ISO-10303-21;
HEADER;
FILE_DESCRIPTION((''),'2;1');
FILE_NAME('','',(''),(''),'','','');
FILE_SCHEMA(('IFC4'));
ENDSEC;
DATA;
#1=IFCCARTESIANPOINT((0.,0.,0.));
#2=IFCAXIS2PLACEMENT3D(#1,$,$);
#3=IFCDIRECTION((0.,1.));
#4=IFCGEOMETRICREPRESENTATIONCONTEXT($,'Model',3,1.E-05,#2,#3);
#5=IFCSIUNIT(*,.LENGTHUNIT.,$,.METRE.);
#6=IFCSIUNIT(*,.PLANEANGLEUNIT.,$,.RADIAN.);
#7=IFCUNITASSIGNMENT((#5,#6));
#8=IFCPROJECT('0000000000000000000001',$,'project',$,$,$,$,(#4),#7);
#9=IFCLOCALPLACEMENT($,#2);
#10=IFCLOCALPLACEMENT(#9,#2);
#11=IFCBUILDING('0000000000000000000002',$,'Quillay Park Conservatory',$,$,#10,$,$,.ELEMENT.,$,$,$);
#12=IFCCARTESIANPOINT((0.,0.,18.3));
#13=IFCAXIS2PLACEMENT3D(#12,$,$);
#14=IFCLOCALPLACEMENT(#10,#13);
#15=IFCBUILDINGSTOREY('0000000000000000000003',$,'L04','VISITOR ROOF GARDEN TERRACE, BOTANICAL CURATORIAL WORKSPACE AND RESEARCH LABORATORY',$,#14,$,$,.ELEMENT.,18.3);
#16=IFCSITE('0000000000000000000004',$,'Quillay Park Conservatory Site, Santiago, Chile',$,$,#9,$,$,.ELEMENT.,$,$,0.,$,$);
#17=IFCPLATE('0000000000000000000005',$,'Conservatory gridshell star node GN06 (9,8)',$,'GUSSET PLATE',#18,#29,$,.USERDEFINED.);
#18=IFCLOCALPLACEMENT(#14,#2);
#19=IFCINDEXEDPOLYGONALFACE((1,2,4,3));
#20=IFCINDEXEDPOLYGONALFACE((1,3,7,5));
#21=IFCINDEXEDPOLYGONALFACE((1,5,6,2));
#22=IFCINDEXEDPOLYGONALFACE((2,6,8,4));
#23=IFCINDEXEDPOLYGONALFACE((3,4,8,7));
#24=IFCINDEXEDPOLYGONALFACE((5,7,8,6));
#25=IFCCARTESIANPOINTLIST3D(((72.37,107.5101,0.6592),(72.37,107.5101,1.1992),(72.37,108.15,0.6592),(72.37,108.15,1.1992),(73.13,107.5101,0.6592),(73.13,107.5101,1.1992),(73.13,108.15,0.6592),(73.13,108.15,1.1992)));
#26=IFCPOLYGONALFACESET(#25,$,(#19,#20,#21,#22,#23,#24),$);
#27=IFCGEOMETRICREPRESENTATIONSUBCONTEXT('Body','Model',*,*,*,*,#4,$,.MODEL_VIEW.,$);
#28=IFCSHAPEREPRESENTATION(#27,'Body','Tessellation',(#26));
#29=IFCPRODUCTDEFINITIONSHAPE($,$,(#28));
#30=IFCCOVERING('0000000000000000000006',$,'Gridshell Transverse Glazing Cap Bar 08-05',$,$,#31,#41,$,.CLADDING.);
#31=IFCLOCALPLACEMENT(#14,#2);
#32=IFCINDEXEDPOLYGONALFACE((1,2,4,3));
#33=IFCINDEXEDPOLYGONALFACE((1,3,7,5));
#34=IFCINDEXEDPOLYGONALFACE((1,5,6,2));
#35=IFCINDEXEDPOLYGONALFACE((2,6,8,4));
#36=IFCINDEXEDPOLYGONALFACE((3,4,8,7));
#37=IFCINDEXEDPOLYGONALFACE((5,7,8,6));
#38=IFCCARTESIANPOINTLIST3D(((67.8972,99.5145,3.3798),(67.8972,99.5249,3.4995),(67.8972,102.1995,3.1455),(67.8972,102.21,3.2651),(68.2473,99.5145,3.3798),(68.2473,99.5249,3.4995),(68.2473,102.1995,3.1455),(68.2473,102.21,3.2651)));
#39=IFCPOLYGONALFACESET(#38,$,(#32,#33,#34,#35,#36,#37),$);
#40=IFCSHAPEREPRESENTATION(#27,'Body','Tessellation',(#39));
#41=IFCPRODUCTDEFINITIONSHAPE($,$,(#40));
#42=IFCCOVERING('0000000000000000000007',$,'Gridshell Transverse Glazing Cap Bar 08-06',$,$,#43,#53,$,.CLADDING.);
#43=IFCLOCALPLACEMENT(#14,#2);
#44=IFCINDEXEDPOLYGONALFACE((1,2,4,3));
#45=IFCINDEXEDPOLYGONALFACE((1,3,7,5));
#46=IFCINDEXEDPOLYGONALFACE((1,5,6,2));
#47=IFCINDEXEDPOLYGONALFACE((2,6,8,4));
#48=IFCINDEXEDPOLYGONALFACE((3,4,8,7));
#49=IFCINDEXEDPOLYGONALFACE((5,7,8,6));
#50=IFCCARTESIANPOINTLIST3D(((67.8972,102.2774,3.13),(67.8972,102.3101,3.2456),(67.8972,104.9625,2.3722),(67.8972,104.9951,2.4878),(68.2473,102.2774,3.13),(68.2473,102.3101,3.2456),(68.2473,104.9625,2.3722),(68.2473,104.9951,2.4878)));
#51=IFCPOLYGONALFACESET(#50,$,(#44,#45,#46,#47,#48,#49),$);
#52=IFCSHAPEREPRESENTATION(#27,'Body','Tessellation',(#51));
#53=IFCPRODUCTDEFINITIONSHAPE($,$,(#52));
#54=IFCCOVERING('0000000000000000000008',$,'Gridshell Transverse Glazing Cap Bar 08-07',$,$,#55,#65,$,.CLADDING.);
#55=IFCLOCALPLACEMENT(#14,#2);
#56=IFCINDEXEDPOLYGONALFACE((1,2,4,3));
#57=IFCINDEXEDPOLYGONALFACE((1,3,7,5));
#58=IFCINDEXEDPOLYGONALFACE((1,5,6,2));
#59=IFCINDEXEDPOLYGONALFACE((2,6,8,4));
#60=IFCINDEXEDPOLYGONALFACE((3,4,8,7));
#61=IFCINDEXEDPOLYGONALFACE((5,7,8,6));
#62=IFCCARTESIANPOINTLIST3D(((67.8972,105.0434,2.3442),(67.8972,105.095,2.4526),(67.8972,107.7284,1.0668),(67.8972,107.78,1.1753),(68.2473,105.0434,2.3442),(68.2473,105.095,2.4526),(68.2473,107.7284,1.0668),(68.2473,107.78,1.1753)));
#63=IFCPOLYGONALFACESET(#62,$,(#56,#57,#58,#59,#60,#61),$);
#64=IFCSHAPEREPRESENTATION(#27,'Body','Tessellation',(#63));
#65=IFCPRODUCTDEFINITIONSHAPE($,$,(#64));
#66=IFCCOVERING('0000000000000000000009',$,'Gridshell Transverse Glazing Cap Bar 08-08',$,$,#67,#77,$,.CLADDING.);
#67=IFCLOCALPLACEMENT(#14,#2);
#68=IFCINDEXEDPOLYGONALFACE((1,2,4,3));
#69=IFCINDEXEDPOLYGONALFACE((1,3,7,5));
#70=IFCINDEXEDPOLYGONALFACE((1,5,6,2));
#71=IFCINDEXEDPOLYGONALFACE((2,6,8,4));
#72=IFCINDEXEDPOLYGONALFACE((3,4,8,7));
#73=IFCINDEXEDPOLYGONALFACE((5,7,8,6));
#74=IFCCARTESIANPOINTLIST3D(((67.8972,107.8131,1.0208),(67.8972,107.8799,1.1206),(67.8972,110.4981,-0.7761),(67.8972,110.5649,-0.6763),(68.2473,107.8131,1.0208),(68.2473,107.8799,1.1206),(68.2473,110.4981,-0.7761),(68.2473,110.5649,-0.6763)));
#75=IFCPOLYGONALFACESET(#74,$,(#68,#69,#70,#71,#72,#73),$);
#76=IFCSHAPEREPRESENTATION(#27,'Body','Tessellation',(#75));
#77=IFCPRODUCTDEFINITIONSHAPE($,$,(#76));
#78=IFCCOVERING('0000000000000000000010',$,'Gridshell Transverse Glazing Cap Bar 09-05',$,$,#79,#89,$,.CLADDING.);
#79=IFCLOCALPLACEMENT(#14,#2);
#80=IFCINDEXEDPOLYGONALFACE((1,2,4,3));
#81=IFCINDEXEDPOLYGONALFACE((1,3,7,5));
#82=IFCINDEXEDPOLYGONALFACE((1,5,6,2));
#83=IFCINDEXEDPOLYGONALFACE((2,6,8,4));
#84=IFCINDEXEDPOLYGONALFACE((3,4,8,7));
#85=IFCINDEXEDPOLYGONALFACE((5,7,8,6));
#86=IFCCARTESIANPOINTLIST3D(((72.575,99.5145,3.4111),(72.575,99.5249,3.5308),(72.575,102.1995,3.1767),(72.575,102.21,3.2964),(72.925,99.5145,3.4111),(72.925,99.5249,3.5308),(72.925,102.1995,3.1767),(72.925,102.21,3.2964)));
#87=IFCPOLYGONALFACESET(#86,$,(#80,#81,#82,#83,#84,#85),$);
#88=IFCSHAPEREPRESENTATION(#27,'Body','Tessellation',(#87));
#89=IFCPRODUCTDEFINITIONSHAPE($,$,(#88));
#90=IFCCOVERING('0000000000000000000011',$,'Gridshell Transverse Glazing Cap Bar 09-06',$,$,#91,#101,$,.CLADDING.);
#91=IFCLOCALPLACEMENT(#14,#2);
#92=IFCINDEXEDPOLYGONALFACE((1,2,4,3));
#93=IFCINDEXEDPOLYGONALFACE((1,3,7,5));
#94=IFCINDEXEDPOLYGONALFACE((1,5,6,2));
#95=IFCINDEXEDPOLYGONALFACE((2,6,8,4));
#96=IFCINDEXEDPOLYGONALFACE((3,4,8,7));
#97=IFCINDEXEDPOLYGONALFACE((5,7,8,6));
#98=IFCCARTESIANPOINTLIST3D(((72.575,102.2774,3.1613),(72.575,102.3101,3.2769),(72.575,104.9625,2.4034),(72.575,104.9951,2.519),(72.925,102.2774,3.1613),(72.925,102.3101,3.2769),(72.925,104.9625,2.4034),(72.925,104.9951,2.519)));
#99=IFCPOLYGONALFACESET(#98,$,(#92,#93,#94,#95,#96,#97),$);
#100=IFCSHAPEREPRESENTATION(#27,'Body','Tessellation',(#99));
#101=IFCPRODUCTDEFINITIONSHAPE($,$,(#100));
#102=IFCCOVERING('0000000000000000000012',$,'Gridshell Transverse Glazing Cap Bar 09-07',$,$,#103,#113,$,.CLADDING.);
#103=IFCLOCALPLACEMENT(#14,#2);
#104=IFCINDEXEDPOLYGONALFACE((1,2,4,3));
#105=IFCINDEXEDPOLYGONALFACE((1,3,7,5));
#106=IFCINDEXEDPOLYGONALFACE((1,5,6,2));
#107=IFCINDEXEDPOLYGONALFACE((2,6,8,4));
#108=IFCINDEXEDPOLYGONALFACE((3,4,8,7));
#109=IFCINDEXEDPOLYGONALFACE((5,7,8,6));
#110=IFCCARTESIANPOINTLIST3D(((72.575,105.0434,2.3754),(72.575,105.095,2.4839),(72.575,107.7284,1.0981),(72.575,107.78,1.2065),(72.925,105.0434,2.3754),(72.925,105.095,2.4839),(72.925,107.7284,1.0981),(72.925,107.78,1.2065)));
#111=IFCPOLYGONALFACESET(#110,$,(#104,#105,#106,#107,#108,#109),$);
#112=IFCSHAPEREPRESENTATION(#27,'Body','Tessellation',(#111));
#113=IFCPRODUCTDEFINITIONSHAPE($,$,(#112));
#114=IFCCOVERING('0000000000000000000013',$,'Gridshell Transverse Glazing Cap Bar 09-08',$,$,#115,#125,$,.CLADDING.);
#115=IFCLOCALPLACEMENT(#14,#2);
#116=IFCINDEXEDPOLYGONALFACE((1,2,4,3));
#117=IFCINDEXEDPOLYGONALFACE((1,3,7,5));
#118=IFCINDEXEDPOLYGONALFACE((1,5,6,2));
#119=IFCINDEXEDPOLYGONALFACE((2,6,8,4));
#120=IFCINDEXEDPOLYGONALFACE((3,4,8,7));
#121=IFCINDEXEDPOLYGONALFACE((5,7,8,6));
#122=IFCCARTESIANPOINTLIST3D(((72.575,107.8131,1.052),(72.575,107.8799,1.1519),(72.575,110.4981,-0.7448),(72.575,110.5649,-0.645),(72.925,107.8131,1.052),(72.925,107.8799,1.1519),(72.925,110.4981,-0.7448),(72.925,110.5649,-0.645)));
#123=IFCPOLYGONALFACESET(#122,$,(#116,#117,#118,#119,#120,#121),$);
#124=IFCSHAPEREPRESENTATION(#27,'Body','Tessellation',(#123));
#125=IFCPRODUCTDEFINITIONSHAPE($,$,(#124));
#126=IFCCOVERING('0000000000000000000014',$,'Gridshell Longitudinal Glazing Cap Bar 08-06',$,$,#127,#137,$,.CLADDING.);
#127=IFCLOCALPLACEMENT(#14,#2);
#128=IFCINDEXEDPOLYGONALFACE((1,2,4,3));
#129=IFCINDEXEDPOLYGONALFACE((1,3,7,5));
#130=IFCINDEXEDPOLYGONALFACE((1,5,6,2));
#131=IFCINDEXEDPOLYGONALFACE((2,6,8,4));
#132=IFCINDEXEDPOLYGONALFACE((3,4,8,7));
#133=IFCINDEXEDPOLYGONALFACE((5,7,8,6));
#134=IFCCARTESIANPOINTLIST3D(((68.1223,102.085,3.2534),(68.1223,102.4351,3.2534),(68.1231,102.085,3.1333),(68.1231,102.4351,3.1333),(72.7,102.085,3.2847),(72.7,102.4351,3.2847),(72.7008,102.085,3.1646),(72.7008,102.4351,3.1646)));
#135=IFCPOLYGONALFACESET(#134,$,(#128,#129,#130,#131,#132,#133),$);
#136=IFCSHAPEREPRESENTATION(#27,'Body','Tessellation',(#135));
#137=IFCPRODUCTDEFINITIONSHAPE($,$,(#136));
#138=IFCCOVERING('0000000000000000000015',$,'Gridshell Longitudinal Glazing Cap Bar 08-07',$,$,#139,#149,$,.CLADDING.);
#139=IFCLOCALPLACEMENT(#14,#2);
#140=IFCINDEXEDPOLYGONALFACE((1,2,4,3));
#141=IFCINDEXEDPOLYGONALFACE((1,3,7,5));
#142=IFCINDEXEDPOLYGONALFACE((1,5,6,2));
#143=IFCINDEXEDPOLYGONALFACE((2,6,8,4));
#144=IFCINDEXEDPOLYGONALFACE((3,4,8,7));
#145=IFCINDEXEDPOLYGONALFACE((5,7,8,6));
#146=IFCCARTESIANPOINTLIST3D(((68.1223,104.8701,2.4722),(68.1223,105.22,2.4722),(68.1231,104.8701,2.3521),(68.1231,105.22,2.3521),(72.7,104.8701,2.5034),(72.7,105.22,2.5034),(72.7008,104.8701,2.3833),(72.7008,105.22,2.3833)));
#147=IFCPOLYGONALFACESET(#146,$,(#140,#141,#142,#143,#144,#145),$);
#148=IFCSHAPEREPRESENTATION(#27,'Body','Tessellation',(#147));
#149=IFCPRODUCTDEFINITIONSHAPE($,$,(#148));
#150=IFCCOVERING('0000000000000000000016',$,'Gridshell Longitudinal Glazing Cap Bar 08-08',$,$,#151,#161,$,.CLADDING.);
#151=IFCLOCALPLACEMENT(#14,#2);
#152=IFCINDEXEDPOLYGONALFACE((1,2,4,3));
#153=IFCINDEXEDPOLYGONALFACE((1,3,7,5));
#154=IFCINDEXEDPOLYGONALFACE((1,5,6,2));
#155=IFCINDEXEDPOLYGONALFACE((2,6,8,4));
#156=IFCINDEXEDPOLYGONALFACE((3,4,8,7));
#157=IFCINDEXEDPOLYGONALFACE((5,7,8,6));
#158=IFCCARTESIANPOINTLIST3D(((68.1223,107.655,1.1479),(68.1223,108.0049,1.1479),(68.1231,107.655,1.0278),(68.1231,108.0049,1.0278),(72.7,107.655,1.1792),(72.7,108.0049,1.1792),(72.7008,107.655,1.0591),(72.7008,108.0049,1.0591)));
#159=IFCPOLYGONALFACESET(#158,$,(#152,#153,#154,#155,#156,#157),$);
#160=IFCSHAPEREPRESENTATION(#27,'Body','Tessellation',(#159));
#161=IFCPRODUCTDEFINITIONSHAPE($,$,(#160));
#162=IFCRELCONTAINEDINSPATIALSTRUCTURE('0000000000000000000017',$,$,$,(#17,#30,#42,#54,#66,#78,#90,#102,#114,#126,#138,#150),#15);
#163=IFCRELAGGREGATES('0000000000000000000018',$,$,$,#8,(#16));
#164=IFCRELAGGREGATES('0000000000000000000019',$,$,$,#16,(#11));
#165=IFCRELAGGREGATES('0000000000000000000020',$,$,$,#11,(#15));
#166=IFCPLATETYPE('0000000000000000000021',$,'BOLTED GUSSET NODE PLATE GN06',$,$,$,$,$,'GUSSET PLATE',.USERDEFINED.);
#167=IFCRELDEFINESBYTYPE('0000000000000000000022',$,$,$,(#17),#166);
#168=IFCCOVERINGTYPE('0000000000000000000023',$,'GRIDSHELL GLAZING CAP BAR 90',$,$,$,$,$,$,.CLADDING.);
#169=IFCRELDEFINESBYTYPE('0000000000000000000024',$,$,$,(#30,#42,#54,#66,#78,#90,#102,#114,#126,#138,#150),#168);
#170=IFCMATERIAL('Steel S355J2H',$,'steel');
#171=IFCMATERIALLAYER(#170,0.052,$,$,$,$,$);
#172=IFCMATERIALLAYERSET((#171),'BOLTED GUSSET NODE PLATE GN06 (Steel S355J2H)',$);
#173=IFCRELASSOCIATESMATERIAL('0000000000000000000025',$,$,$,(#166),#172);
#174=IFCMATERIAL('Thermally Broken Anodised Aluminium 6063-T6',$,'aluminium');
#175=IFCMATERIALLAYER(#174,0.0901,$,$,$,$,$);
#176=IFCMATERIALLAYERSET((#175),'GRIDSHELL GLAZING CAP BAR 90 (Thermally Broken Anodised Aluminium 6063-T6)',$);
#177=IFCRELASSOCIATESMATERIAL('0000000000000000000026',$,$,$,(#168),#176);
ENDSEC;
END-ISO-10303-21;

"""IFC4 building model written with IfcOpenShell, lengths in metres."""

from ifc_helpers import new_model, si_unit, direction, frame, origin, origin_2d, place, context, subcontext, project, spatial, polyline, rectangle, outline, extrude, material, layer, layer_set, type_object, element, save


model = new_model("IFC4")

# Units and contexts
model_context = context("Model", 3, precision=1e-05, world=origin(), true_north=direction((0.0, 1.0)))
body_context = subcontext(model_context, "Body", "Model", "MODEL_VIEW")
ifc_project = project(units=[si_unit("LENGTHUNIT", "METRE"), si_unit("PLANEANGLEUNIT", "RADIAN")], contexts=[model_context])

# Site, building, storey
site_placement = place(None, origin())
site = spatial("IfcSite", under=ifc_project, at=site_placement, Name="Quillay Park Conservatory Site, Santiago, Chile", CompositionType="ELEMENT", RefElevation=0.0)
building_placement = place(site_placement, origin())
building = spatial("IfcBuilding", under=site, at=building_placement, Name="Quillay Park Conservatory", CompositionType="ELEMENT")
storey_placement = place(building_placement, frame((0.0, 0.0, 18.3)))
storey = spatial("IfcBuildingStorey", under=building, at=storey_placement, Name="L04", Description="VISITOR ROOF GARDEN TERRACE, BOTANICAL CURATORIAL WORKSPACE AND RESEARCH LABORATORY", CompositionType="ELEMENT", Elevation=18.3)

# Plate
ifc_material_1 = material(Name="Steel S355J2H", Category="steel")
ifc_layer_1 = layer(ifc_material_1, 0.052)
ifc_layer_set_1 = layer_set([ifc_layer_1], Name="BOLTED GUSSET NODE PLATE GN06 (Steel S355J2H)")
plate_type_1 = type_object("IfcPlateType", Name="BOLTED GUSSET NODE PLATE GN06", ElementType="GUSSET PLATE", PredefinedType="USERDEFINED", material=ifc_layer_set_1)
plate_1_placement = place(storey_placement, frame((72.75, 107.8301, 0.6592), z_axis=(0.0, 0.0, 1.0), x_axis=(1.0, 0.0, 0.0)))
element("IfcPlate", 1, at=plate_1_placement, inside=storey, type_object=plate_type_1, Name="Conservatory gridshell star node GN06 (9,8)", ObjectType="GUSSET PLATE", PredefinedType="USERDEFINED", context=body_context, shape_type="SweptSolid", body=[
    extrude(rectangle(XDim=0.76, YDim=0.6399, at=origin_2d()), origin(), (0.0, 0.0, 1.0), 0.54),
])

# Coverings
ifc_material_2 = material(Name="Thermally Broken Anodised Aluminium 6063-T6", Category="aluminium")
ifc_layer_2 = layer(ifc_material_2, 0.0901)
ifc_layer_set_2 = layer_set([ifc_layer_2], Name="GRIDSHELL GLAZING CAP BAR 90 (Thermally Broken Anodised Aluminium 6063-T6)")
covering_type = type_object("IfcCoveringType", Name="GRIDSHELL GLAZING CAP BAR 90", PredefinedType="CLADDING", material=ifc_layer_set_2)
covering_1_placement = place(storey_placement, frame((67.8972, 99.5249, 3.4995), z_axis=(0.0, 0.086958, 0.996212), x_axis=(1.0, 0.0, 0.0)))
element("IfcCovering", 2, at=covering_1_placement, inside=storey, type_object=covering_type, Name="Gridshell Transverse Glazing Cap Bar 08-05", PredefinedType="CLADDING", context=body_context, shape_type="SweptSolid", body=[
    extrude(outline(polyline([(0.0, 0.0), (0.3501, 0.0), (0.3501, 2.6953), (0.0, 2.6953), (0.0, 0.0)])), origin(), (0.0, 0.0, -1.0), 0.1201),
])
covering_2_placement = place(storey_placement, frame((67.8972, 102.3101, 3.2456), z_axis=(0.0, 0.271622, 0.962404), x_axis=(1.0, 0.0, 0.0)))
element("IfcCovering", 3, at=covering_2_placement, inside=storey, type_object=covering_type, Name="Gridshell Transverse Glazing Cap Bar 08-06", PredefinedType="CLADDING", context=body_context, shape_type="SweptSolid", body=[
    extrude(outline(polyline([(0.0, 0.0), (0.3501, 0.0), (0.3501, 2.7899), (0.0, 2.7899), (0.0, 0.0)])), origin(), (0.0, 0.0, -1.0), 0.1201),
])
covering_3_placement = place(storey_placement, frame((67.8972, 105.095, 2.4526), z_axis=(0.0, 0.429589, 0.903024), x_axis=(1.0, 0.0, 0.0)))
element("IfcCovering", 4, at=covering_3_placement, inside=storey, type_object=covering_type, Name="Gridshell Transverse Glazing Cap Bar 08-07", PredefinedType="CLADDING", context=body_context, shape_type="SweptSolid", body=[
    extrude(outline(polyline([(0.0, 0.0), (0.3501, 0.0), (0.3501, 2.9734), (0.0, 2.9734), (0.0, 0.0)])), origin(), (0.0, 0.0, -1.0), 0.1201),
])
covering_4_placement = place(storey_placement, frame((67.8972, 107.8799, 1.1206), z_axis=(0.0, 0.556164, 0.831072), x_axis=(1.0, 0.0, 0.0)))
element("IfcCovering", 5, at=covering_4_placement, inside=storey, type_object=covering_type, Name="Gridshell Transverse Glazing Cap Bar 08-08", PredefinedType="CLADDING", context=body_context, shape_type="SweptSolid", body=[
    extrude(outline(polyline([(0.0, 0.0), (0.3501, 0.0), (0.3501, 3.2308), (0.0, 3.2308), (0.0, 0.0)])), origin(), (0.0, 0.0, -1.0), 0.1201),
])
covering_5_placement = place(storey_placement, frame((72.575, 99.5249, 3.5308), z_axis=(0.0, 0.086958, 0.996212), x_axis=(1.0, 0.0, 0.0)))
element("IfcCovering", 6, at=covering_5_placement, inside=storey, type_object=covering_type, Name="Gridshell Transverse Glazing Cap Bar 09-05", PredefinedType="CLADDING", context=body_context, shape_type="SweptSolid", body=[
    extrude(outline(polyline([(0.0, 0.0), (0.3501, 0.0), (0.3501, 2.6953), (0.0, 2.6953), (0.0, 0.0)])), origin(), (0.0, 0.0, -1.0), 0.1201),
])
covering_6_placement = place(storey_placement, frame((72.575, 102.3101, 3.2769), z_axis=(0.0, 0.271622, 0.962404), x_axis=(1.0, 0.0, 0.0)))
element("IfcCovering", 7, at=covering_6_placement, inside=storey, type_object=covering_type, Name="Gridshell Transverse Glazing Cap Bar 09-06", PredefinedType="CLADDING", context=body_context, shape_type="SweptSolid", body=[
    extrude(outline(polyline([(0.0, 0.0), (0.3501, 0.0), (0.3501, 2.7899), (0.0, 2.7899), (0.0, 0.0)])), origin(), (0.0, 0.0, -1.0), 0.1201),
])
covering_7_placement = place(storey_placement, frame((72.575, 105.095, 2.4839), z_axis=(0.0, 0.429589, 0.903024), x_axis=(1.0, 0.0, 0.0)))
element("IfcCovering", 8, at=covering_7_placement, inside=storey, type_object=covering_type, Name="Gridshell Transverse Glazing Cap Bar 09-07", PredefinedType="CLADDING", context=body_context, shape_type="SweptSolid", body=[
    extrude(outline(polyline([(0.0, 0.0), (0.3501, 0.0), (0.3501, 2.9734), (0.0, 2.9734), (0.0, 0.0)])), origin(), (0.0, 0.0, -1.0), 0.1201),
])
covering_8_placement = place(storey_placement, frame((72.575, 107.8799, 1.1519), z_axis=(0.0, 0.556164, 0.831072), x_axis=(1.0, 0.0, 0.0)))
element("IfcCovering", 9, at=covering_8_placement, inside=storey, type_object=covering_type, Name="Gridshell Transverse Glazing Cap Bar 09-08", PredefinedType="CLADDING", context=body_context, shape_type="SweptSolid", body=[
    extrude(outline(polyline([(0.0, 0.0), (0.3501, 0.0), (0.3501, 3.2308), (0.0, 3.2308), (0.0, 0.0)])), origin(), (0.0, 0.0, -1.0), 0.1201),
])
covering_9_placement = place(storey_placement, frame((68.1223, 102.085, 3.2534), z_axis=(-0.006827, 0.0, 0.999977), x_axis=(0.999977, 0.0, 0.006827)))
element("IfcCovering", 10, at=covering_9_placement, inside=storey, type_object=covering_type, Name="Gridshell Longitudinal Glazing Cap Bar 08-06", PredefinedType="CLADDING", context=body_context, shape_type="SweptSolid", body=[
    extrude(outline(polyline([(0.0, 0.0), (4.5777, 0.0), (4.5777, 0.3501), (0.0, 0.3501), (0.0, 0.0)])), origin(), (0.0, 0.0, -1.0), 0.1201),
])
for number, where, z_axis, x_axis, name in (
    (11, (68.1223, 104.8701, 2.4722), (-0.006827, 0.0, 0.999977), (0.999977, 0.0, 0.006827), "Gridshell Longitudinal Glazing Cap Bar 08-07"),
    (12, (68.1223, 107.655, 1.1479), (-0.006827, 0.0, 0.999977), (0.999977, 0.0, 0.006827), "Gridshell Longitudinal Glazing Cap Bar 08-08"),
):
    element("IfcCovering", number, at=place(storey_placement, frame(where, z_axis=z_axis, x_axis=x_axis)), inside=storey, type_object=covering_type, Name=name, PredefinedType="CLADDING", context=body_context, shape_type="SweptSolid", body=[
        extrude(outline(polyline([(0.0, 0.0), (4.5777, 0.0), (4.5777, 0.3499), (0.0, 0.3499), (0.0, 0.0)])), origin(), (0.0, 0.0, -1.0), 0.1201),
    ])

save(model, "model.ifc")
